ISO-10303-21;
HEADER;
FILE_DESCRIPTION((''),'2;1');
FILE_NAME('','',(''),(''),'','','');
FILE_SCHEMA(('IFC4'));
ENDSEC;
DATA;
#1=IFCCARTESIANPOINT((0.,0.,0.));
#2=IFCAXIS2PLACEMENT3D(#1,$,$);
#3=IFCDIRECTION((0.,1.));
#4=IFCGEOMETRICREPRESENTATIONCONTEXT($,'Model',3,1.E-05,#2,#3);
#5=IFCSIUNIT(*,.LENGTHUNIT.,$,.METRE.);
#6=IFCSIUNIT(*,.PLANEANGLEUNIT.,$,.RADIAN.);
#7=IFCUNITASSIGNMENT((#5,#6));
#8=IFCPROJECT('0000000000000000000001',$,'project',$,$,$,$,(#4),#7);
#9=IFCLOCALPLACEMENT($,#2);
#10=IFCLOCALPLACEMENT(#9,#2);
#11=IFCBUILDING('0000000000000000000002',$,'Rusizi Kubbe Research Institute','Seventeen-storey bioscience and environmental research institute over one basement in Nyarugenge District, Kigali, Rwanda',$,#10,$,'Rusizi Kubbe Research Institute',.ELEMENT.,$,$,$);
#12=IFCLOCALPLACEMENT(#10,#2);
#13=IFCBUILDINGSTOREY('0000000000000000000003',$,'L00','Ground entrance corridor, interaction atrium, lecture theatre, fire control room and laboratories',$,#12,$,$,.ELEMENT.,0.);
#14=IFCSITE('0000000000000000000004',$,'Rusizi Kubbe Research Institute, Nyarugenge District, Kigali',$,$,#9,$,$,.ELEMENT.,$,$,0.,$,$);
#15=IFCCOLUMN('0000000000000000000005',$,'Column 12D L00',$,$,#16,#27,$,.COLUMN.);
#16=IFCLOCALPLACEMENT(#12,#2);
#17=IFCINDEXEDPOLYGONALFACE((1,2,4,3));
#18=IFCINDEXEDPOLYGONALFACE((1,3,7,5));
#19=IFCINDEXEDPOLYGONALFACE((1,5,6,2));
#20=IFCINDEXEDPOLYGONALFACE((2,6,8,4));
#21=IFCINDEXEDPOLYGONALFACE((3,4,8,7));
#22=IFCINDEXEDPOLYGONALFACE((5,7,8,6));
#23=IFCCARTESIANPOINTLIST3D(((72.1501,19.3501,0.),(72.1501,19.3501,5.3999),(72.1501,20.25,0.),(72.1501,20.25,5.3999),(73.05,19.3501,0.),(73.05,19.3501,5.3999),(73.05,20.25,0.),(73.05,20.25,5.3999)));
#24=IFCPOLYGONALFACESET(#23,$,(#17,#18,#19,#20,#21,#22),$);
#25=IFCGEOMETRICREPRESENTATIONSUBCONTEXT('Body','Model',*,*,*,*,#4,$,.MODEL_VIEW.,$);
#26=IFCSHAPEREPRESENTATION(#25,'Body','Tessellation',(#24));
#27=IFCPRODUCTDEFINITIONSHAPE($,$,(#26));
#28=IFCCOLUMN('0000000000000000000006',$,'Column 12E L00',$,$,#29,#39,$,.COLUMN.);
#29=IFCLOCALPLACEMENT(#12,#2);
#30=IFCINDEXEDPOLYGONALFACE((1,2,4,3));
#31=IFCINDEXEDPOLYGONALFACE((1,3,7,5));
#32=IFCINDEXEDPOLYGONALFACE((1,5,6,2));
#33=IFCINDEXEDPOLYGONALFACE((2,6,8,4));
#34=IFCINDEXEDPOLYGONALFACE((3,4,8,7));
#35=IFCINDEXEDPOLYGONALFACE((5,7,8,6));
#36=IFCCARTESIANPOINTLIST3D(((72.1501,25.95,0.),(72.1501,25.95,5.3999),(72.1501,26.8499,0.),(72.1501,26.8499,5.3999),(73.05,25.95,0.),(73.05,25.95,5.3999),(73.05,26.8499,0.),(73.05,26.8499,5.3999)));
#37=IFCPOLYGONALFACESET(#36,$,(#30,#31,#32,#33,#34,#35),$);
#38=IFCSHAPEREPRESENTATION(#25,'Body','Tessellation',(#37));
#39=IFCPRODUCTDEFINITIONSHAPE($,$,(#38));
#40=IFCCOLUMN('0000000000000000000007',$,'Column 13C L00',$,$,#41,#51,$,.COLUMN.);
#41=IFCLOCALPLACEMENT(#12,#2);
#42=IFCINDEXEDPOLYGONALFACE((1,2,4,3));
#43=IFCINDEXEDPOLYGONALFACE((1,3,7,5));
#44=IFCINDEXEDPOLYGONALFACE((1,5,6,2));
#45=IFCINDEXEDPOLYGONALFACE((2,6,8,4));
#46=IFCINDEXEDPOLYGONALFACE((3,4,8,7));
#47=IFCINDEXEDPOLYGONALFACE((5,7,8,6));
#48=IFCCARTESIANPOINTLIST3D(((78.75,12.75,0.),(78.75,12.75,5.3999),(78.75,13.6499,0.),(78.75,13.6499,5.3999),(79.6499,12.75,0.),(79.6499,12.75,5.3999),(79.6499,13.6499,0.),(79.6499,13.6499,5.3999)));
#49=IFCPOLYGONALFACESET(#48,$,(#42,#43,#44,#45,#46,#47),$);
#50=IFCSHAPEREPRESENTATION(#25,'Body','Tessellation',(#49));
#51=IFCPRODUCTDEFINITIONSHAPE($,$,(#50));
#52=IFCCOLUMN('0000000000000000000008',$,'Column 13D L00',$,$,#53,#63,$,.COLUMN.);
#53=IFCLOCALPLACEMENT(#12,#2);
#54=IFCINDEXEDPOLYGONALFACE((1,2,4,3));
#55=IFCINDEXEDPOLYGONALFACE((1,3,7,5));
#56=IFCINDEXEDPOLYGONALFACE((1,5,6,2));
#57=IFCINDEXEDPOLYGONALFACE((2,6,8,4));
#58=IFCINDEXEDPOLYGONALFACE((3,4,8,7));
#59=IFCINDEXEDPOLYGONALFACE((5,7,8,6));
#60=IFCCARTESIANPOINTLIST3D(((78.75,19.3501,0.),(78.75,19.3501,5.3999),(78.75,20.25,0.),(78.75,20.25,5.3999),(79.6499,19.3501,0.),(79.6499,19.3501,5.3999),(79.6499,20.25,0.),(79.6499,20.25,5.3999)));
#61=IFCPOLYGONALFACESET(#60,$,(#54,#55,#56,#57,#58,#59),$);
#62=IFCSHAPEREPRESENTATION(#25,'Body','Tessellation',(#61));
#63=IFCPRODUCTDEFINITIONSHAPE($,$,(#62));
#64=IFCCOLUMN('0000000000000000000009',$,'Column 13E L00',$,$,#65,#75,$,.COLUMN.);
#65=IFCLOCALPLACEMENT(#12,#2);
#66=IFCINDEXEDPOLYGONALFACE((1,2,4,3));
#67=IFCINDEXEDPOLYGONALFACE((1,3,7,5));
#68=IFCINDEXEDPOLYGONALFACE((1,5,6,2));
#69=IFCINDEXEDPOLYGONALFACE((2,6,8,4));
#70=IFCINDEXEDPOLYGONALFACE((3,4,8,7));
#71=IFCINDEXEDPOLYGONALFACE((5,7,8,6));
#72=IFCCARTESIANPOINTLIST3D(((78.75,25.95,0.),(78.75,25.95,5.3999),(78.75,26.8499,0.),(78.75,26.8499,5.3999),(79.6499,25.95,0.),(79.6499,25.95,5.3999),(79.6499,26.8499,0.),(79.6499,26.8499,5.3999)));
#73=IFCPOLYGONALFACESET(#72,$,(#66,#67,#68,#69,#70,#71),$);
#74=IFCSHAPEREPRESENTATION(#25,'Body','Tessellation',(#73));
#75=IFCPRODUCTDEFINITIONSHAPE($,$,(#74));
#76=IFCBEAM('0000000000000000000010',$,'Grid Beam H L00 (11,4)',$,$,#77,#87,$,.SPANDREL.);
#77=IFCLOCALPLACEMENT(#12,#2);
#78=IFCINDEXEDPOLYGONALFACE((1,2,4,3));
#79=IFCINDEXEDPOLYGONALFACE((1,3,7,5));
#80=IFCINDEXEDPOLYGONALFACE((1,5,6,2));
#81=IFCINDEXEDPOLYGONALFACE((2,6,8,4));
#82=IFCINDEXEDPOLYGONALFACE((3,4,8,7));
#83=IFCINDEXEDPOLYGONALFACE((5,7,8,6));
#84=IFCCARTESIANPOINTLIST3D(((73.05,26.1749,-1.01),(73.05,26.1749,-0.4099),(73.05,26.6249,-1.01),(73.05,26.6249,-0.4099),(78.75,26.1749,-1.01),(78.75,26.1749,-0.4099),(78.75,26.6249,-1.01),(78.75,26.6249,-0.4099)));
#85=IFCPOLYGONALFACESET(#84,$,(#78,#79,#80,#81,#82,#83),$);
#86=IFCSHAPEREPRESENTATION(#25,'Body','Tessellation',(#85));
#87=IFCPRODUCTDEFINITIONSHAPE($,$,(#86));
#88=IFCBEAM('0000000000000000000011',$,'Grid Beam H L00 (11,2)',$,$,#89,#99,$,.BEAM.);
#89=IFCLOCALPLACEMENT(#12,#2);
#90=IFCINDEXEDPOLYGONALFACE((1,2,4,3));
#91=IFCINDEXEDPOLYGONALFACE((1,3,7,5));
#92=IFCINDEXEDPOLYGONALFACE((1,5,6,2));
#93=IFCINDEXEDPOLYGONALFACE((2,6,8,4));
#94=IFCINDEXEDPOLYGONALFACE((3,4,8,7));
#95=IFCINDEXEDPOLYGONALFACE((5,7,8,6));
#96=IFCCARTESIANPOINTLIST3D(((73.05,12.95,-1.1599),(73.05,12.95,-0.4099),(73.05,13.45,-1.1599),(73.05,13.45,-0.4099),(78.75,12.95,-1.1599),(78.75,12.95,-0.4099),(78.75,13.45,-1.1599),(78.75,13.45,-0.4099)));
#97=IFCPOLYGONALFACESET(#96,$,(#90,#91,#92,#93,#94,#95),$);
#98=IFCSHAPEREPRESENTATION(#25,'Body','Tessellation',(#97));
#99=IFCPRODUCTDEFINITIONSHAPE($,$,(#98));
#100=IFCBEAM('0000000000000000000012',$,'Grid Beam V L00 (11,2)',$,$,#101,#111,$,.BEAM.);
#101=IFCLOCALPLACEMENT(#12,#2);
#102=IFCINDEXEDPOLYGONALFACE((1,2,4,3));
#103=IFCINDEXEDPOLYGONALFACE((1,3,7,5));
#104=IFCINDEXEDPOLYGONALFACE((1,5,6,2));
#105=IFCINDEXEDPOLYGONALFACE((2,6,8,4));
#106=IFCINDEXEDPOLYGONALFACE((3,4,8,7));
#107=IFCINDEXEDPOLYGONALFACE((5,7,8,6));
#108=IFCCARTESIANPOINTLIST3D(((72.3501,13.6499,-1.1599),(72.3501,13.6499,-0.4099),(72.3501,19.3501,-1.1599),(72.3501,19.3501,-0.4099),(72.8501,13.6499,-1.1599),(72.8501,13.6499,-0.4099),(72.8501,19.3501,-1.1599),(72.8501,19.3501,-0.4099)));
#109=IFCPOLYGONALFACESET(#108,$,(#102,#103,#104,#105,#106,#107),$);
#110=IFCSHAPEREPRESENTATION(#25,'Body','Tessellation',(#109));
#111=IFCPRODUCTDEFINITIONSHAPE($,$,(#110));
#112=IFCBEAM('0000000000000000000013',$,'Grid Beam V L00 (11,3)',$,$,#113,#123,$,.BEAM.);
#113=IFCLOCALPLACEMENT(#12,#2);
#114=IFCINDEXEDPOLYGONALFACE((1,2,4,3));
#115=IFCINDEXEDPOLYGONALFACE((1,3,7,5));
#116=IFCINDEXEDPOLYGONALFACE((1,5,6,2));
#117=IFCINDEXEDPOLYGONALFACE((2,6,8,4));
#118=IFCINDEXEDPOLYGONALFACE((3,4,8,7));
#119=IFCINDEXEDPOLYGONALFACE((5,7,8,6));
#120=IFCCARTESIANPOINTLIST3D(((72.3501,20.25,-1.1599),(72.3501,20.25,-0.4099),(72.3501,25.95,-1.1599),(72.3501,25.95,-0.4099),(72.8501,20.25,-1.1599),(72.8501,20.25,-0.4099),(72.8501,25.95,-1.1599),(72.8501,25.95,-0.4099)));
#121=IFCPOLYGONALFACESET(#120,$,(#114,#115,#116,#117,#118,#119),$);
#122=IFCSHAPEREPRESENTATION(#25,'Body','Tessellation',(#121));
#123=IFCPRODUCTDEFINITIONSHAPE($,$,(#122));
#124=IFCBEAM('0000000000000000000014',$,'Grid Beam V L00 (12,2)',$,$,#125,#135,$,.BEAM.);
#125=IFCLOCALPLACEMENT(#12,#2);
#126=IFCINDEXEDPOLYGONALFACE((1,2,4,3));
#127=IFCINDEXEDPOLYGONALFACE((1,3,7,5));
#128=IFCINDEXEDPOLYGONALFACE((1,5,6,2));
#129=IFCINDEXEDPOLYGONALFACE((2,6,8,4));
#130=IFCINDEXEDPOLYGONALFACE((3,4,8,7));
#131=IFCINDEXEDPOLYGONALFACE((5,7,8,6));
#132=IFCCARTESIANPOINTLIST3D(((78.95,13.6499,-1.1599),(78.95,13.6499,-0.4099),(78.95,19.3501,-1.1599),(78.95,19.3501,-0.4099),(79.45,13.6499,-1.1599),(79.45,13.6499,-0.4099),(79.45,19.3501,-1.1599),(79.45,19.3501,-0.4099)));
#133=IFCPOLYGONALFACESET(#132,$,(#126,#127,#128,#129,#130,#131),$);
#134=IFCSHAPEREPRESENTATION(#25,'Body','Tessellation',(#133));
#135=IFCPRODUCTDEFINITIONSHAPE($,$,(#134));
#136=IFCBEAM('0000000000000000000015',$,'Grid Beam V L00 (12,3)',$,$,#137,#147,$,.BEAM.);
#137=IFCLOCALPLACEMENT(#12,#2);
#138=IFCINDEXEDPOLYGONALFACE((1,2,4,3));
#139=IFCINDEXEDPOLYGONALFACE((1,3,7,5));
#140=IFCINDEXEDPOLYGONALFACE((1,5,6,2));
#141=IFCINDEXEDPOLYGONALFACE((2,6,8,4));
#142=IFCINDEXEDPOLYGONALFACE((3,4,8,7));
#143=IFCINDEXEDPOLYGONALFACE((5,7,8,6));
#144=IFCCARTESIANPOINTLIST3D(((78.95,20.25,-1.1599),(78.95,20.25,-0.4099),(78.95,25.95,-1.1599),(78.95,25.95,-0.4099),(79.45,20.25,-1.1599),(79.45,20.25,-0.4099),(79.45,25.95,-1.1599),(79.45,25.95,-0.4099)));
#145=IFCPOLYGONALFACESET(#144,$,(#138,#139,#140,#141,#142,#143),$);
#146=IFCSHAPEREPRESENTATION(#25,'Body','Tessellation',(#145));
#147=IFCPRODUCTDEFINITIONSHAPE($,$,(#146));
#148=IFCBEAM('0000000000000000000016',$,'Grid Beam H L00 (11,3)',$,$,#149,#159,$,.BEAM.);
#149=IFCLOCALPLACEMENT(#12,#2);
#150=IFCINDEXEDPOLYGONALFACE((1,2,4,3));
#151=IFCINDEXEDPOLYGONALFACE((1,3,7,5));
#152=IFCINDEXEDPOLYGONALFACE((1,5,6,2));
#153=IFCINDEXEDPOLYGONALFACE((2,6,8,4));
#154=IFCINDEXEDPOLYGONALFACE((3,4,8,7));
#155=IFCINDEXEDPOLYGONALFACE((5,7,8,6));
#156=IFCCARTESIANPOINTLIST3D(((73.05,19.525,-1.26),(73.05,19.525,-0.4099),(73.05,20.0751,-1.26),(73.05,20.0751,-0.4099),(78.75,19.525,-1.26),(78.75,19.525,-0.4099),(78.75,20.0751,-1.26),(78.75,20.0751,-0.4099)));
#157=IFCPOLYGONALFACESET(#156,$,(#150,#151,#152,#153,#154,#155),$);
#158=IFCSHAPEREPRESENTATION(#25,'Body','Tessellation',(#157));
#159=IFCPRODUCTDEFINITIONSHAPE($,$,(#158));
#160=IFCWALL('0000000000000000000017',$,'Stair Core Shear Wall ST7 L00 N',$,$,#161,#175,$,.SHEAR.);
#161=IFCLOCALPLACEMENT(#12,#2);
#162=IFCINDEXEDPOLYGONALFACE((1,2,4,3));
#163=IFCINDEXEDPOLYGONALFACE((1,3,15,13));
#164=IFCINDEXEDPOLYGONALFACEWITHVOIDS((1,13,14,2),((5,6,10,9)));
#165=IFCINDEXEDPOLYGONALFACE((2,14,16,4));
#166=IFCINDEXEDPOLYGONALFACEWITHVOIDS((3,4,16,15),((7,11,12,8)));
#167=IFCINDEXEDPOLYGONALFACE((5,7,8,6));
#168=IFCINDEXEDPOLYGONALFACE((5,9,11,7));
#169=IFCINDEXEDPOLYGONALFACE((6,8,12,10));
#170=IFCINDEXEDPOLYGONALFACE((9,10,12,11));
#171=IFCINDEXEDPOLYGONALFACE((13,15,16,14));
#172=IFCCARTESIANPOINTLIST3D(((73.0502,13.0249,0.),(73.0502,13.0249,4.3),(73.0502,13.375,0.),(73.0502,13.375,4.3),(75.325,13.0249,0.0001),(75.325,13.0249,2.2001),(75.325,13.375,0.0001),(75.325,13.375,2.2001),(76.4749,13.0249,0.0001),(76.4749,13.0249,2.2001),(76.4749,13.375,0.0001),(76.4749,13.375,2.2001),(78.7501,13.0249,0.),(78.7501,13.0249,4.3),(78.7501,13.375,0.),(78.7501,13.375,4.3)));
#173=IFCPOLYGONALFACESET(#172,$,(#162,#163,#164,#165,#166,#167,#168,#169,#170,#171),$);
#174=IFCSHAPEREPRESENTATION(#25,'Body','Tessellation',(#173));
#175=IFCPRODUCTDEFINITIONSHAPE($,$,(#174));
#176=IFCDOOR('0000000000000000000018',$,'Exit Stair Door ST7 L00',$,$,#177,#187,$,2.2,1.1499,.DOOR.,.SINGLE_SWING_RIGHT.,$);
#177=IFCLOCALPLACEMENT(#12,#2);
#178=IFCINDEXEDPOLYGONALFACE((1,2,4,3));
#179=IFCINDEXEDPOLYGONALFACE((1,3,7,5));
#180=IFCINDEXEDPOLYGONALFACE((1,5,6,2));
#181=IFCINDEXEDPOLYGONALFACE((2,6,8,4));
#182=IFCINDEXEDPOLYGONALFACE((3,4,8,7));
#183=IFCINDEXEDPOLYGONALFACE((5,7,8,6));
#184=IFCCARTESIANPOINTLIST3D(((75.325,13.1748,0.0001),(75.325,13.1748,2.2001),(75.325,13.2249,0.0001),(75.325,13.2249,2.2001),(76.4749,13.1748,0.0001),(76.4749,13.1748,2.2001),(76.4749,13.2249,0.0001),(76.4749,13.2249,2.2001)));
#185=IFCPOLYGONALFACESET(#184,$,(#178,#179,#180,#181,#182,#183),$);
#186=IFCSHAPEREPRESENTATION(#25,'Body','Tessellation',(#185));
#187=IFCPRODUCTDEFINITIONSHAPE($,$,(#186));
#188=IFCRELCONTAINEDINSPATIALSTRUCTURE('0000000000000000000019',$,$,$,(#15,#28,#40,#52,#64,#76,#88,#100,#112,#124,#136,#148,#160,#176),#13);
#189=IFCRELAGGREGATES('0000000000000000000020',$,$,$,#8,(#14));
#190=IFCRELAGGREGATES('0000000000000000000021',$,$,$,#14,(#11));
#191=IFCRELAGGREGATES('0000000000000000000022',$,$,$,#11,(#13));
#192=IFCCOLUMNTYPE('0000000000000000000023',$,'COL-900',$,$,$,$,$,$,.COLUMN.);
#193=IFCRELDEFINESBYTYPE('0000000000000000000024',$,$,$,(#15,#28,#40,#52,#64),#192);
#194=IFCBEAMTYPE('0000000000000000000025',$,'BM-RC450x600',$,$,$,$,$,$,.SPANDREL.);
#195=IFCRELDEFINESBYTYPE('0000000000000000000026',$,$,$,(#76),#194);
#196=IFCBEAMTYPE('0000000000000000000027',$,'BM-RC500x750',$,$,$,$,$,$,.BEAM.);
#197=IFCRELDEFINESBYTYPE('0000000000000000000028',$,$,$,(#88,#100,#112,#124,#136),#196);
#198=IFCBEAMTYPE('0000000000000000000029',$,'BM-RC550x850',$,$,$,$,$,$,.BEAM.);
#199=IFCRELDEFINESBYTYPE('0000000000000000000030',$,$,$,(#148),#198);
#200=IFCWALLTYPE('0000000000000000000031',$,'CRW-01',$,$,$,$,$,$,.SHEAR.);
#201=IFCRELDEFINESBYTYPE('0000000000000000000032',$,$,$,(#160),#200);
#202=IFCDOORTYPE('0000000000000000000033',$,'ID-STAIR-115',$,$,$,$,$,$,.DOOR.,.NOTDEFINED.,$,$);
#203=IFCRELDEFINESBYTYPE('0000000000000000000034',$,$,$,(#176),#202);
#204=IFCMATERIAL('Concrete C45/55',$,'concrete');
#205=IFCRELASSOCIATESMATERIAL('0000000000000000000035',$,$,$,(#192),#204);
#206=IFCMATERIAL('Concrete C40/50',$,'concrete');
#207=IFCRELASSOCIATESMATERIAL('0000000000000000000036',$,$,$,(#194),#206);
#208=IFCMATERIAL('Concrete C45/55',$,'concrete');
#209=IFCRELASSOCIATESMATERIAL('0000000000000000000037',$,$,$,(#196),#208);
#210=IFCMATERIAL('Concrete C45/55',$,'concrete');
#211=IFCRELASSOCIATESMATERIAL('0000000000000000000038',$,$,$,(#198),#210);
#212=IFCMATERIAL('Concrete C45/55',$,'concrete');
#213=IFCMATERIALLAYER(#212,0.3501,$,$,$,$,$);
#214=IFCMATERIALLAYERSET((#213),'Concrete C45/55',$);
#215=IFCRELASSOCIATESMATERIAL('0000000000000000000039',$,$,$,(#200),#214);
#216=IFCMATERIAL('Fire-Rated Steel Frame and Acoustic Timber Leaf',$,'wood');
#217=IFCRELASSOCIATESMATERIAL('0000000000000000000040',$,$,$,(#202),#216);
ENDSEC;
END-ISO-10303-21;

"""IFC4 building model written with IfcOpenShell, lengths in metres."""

from ifc_helpers import new_model, si_unit, direction, frame, frame_2d, origin, origin_2d, place, context, subcontext, project, spatial, rectangle, extrude, material, layer, layer_set, material_profile, profile_set, type_object, element, fill, save


model = new_model("IFC4")

# Units and contexts
model_context = context("Model", 3, precision=1e-05, world=origin(), true_north=direction((0.0, 1.0)))
body_context = subcontext(model_context, "Body", "Model", "MODEL_VIEW")
ifc_project = project(units=[si_unit("LENGTHUNIT", "METRE"), si_unit("PLANEANGLEUNIT", "RADIAN")], contexts=[model_context])

# Site, building, storey
site_placement = place(None, origin())
site = spatial("IfcSite", under=ifc_project, at=site_placement, Name="Rusizi Kubbe Research Institute, Nyarugenge District, Kigali", CompositionType="ELEMENT", RefElevation=0.0)
building_placement = place(site_placement, origin())
building = spatial("IfcBuilding", under=site, at=building_placement, Name="Rusizi Kubbe Research Institute", Description="Seventeen-storey bioscience and environmental research institute over one basement in Nyarugenge District, Kigali, Rwanda", LongName="Rusizi Kubbe Research Institute", CompositionType="ELEMENT")
storey_placement = place(building_placement, origin())
storey = spatial("IfcBuildingStorey", under=building, at=storey_placement, Name="L00", Description="Ground entrance corridor, interaction atrium, lecture theatre, fire control room and laboratories", CompositionType="ELEMENT", Elevation=0.0)

# Columns
ifc_material_1 = material(Name="Concrete C45/55", Category="concrete")
ifc_material_profile_1 = material_profile(ifc_material_1, rectangle(XDim=0.8999, YDim=0.8999, at=origin_2d()), Name="RC900x900")
ifc_profile_set_1 = profile_set([ifc_material_profile_1], Name="Concrete C45/55")
column_type = type_object("IfcColumnType", Name="COL-900", PredefinedType="COLUMN", material=ifc_profile_set_1)
for number, where, z_axis, x_axis, name in (
    (1, (72.6001, 19.8, 0.0), (0.0, 0.0, 1.0), (1.0, 0.0, 0.0), "Column 12D L00"),
    (2, (72.6001, 26.3999, 0.0), (0.0, 0.0, 1.0), (1.0, 0.0, 0.0), "Column 12E L00"),
    (3, (79.2, 13.2, 0.0), (0.0, 0.0, 1.0), (1.0, 0.0, 0.0), "Column 13C L00"),
    (4, (79.2, 19.8, 0.0), (0.0, 0.0, 1.0), (1.0, 0.0, 0.0), "Column 13D L00"),
    (5, (79.2, 26.3999, 0.0), (0.0, 0.0, 1.0), (1.0, 0.0, 0.0), "Column 13E L00"),
):
    element("IfcColumn", number, at=place(storey_placement, frame(where, z_axis=z_axis, x_axis=x_axis)), inside=storey, type_object=column_type, Name=name, PredefinedType="COLUMN", context=body_context, shape_type="SweptSolid", body=[
        extrude(rectangle(XDim=0.8999, YDim=0.8999, at=origin_2d()), origin(), (0.0, 0.0, 1.0), 5.3999),
    ])

# Beams
ifc_material_2 = material(Name="Concrete C40/50", Category="concrete")
ifc_material_profile_2 = material_profile(ifc_material_2, rectangle(XDim=0.45, YDim=0.6001, at=origin_2d()), Name="RC450x600")
ifc_profile_set_2 = profile_set([ifc_material_profile_2], Name="Concrete C40/50")
beam_type_1 = type_object("IfcBeamType", Name="BM-RC450x600", PredefinedType="SPANDREL", material=ifc_profile_set_2)
beam_1_placement = place(storey_placement, frame((73.05, 26.3999, -0.71), z_axis=(1.0, 0.0, 0.0), x_axis=(0.0, 1.0, 0.0)))
element("IfcBeam", 6, at=beam_1_placement, inside=storey, type_object=beam_type_1, Name="Grid Beam H L00 (11,4)", PredefinedType="SPANDREL", context=body_context, shape_type="SweptSolid", body=[
    extrude(rectangle(XDim=0.45, YDim=0.6001, at=origin_2d()), origin(), (0.0, 0.0, 1.0), 5.7),
])
ifc_material_3 = material(Name="Concrete C45/55", Category="concrete")
ifc_material_profile_3 = material_profile(ifc_material_3, rectangle(XDim=0.5, YDim=0.75, at=origin_2d()), Name="RC500x750B")
ifc_profile_set_3 = profile_set([ifc_material_profile_3], Name="Concrete C45/55")
beam_type_2 = type_object("IfcBeamType", Name="BM-RC500x750", PredefinedType="BEAM", material=ifc_profile_set_3)
beam_2_placement = place(storey_placement, frame((73.05, 13.2, -0.7849), z_axis=(1.0, 0.0, 0.0), x_axis=(0.0, 1.0, 0.0)))
element("IfcBeam", 7, at=beam_2_placement, inside=storey, type_object=beam_type_2, Name="Grid Beam H L00 (11,2)", PredefinedType="BEAM", context=body_context, shape_type="SweptSolid", body=[
    extrude(rectangle(XDim=0.5, YDim=0.75, at=origin_2d()), origin(), (0.0, 0.0, 1.0), 5.7),
])
beam_3_placement = place(storey_placement, frame((72.6001, 13.6499, -0.7849), z_axis=(0.0, 1.0, 0.0), x_axis=(-1.0, 0.0, 0.0)))
element("IfcBeam", 8, at=beam_3_placement, inside=storey, type_object=beam_type_2, Name="Grid Beam V L00 (11,2)", PredefinedType="BEAM", context=body_context, shape_type="SweptSolid", body=[
    extrude(rectangle(XDim=0.5, YDim=0.75, at=origin_2d()), origin(), (0.0, 0.0, 1.0), 5.7002),
])
beam_4_placement = place(storey_placement, frame((72.6001, 20.25, -0.7849), z_axis=(0.0, 1.0, 0.0), x_axis=(-1.0, 0.0, 0.0)))
element("IfcBeam", 9, at=beam_4_placement, inside=storey, type_object=beam_type_2, Name="Grid Beam V L00 (11,3)", PredefinedType="BEAM", context=body_context, shape_type="SweptSolid", body=[
    extrude(rectangle(XDim=0.5, YDim=0.75, at=origin_2d()), origin(), (0.0, 0.0, 1.0), 5.7),
])
beam_5_placement = place(storey_placement, frame((79.2, 13.6499, -0.7849), z_axis=(0.0, 1.0, 0.0), x_axis=(-1.0, 0.0, 0.0)))
element("IfcBeam", 10, at=beam_5_placement, inside=storey, type_object=beam_type_2, Name="Grid Beam V L00 (12,2)", PredefinedType="BEAM", context=body_context, shape_type="SweptSolid", body=[
    extrude(rectangle(XDim=0.5, YDim=0.75, at=origin_2d()), origin(), (0.0, 0.0, 1.0), 5.7002),
])
beam_6_placement = place(storey_placement, frame((79.2, 20.25, -0.7849), z_axis=(0.0, 1.0, 0.0), x_axis=(-1.0, 0.0, 0.0)))
element("IfcBeam", 11, at=beam_6_placement, inside=storey, type_object=beam_type_2, Name="Grid Beam V L00 (12,3)", PredefinedType="BEAM", context=body_context, shape_type="SweptSolid", body=[
    extrude(rectangle(XDim=0.5, YDim=0.75, at=origin_2d()), origin(), (0.0, 0.0, 1.0), 5.7),
])
ifc_material_4 = material(Name="Concrete C45/55", Category="concrete")
ifc_material_profile_4 = material_profile(ifc_material_4, rectangle(XDim=0.55, YDim=0.8501, at=origin_2d()), Name="RC550x850")
ifc_profile_set_4 = profile_set([ifc_material_profile_4], Name="Concrete C45/55")
beam_type_3 = type_object("IfcBeamType", Name="BM-RC550x850", PredefinedType="BEAM", material=ifc_profile_set_4)
beam_7_placement = place(storey_placement, frame((73.05, 19.8, -0.835), z_axis=(1.0, 0.0, 0.0), x_axis=(0.0, 1.0, 0.0)))
element("IfcBeam", 12, at=beam_7_placement, inside=storey, type_object=beam_type_3, Name="Grid Beam H L00 (11,3)", PredefinedType="BEAM", context=body_context, shape_type="SweptSolid", body=[
    extrude(rectangle(XDim=0.55, YDim=0.8501, at=origin_2d()), origin(), (0.0, 0.0, 1.0), 5.7),
])

# Wall, opening, door
ifc_material_5 = material(Name="Concrete C45/55", Category="concrete")
ifc_layer_1 = layer(ifc_material_5, 0.3501)
ifc_layer_set_1 = layer_set([ifc_layer_1], Name="Concrete C45/55")
wall_type_1 = type_object("IfcWallType", Name="CRW-01", PredefinedType="SHEAR", material=ifc_layer_set_1)
wall_1_placement = place(storey_placement, frame((73.05, 13.2, 0.0), z_axis=(0.0, 0.0, 1.0), x_axis=(1.0, 0.0, 0.0)))
wall_1 = element("IfcWall", 13, at=wall_1_placement, inside=storey, type_object=wall_type_1, Name="Stair Core Shear Wall ST7 L00 N", PredefinedType="SHEAR", context=body_context, shape_type="SweptSolid", body=[
    extrude(rectangle(XDim=5.7, YDim=0.3501, at=frame_2d((2.8501, 0.0))), origin(), (0.0, 0.0, 1.0), 4.3),
])
opening_1_placement = place(wall_1_placement, frame((2.2749, 0.0, 0.0)))
opening_1 = element("IfcOpeningElement", 14, at=opening_1_placement, cuts=wall_1, PredefinedType="OPENING", context=body_context, shape_type="SweptSolid", body=[
    extrude(rectangle(XDim=1.1499, YDim=2.2, at=frame_2d((0.575, 1.1001))), frame((0.0, 0.1851, 0.0), z_axis=(0.0, -1.0, 0.0), x_axis=(1.0, 0.0, 0.0)), (0.0, 0.0, 1.0), 0.3701),
])
ifc_material_6 = material(Name="Fire-Rated Steel Frame and Acoustic Timber Leaf", Category="wood")
door_type = type_object("IfcDoorType", Name="ID-STAIR-115", OperationType="NOTDEFINED", PredefinedType="DOOR", material=ifc_material_6)
door_placement = place(opening_1_placement, origin())
door = element("IfcDoor", 15, at=door_placement, inside=storey, type_object=door_type, Name="Exit Stair Door ST7 L00", OperationType="SINGLE_SWING_RIGHT", OverallHeight=2.2, OverallWidth=1.1499, PredefinedType="DOOR", context=body_context, shape_type="SweptSolid", body=[
    extrude(rectangle(XDim=1.1499, YDim=2.2, at=frame_2d((0.575, 1.1001))), frame((0.0, 0.0249, 0.0), z_axis=(0.0, -1.0, 0.0), x_axis=(1.0, 0.0, 0.0)), (0.0, 0.0, 1.0), 0.05),
])
fill(opening_1, door)

save(model, "model.ifc")
